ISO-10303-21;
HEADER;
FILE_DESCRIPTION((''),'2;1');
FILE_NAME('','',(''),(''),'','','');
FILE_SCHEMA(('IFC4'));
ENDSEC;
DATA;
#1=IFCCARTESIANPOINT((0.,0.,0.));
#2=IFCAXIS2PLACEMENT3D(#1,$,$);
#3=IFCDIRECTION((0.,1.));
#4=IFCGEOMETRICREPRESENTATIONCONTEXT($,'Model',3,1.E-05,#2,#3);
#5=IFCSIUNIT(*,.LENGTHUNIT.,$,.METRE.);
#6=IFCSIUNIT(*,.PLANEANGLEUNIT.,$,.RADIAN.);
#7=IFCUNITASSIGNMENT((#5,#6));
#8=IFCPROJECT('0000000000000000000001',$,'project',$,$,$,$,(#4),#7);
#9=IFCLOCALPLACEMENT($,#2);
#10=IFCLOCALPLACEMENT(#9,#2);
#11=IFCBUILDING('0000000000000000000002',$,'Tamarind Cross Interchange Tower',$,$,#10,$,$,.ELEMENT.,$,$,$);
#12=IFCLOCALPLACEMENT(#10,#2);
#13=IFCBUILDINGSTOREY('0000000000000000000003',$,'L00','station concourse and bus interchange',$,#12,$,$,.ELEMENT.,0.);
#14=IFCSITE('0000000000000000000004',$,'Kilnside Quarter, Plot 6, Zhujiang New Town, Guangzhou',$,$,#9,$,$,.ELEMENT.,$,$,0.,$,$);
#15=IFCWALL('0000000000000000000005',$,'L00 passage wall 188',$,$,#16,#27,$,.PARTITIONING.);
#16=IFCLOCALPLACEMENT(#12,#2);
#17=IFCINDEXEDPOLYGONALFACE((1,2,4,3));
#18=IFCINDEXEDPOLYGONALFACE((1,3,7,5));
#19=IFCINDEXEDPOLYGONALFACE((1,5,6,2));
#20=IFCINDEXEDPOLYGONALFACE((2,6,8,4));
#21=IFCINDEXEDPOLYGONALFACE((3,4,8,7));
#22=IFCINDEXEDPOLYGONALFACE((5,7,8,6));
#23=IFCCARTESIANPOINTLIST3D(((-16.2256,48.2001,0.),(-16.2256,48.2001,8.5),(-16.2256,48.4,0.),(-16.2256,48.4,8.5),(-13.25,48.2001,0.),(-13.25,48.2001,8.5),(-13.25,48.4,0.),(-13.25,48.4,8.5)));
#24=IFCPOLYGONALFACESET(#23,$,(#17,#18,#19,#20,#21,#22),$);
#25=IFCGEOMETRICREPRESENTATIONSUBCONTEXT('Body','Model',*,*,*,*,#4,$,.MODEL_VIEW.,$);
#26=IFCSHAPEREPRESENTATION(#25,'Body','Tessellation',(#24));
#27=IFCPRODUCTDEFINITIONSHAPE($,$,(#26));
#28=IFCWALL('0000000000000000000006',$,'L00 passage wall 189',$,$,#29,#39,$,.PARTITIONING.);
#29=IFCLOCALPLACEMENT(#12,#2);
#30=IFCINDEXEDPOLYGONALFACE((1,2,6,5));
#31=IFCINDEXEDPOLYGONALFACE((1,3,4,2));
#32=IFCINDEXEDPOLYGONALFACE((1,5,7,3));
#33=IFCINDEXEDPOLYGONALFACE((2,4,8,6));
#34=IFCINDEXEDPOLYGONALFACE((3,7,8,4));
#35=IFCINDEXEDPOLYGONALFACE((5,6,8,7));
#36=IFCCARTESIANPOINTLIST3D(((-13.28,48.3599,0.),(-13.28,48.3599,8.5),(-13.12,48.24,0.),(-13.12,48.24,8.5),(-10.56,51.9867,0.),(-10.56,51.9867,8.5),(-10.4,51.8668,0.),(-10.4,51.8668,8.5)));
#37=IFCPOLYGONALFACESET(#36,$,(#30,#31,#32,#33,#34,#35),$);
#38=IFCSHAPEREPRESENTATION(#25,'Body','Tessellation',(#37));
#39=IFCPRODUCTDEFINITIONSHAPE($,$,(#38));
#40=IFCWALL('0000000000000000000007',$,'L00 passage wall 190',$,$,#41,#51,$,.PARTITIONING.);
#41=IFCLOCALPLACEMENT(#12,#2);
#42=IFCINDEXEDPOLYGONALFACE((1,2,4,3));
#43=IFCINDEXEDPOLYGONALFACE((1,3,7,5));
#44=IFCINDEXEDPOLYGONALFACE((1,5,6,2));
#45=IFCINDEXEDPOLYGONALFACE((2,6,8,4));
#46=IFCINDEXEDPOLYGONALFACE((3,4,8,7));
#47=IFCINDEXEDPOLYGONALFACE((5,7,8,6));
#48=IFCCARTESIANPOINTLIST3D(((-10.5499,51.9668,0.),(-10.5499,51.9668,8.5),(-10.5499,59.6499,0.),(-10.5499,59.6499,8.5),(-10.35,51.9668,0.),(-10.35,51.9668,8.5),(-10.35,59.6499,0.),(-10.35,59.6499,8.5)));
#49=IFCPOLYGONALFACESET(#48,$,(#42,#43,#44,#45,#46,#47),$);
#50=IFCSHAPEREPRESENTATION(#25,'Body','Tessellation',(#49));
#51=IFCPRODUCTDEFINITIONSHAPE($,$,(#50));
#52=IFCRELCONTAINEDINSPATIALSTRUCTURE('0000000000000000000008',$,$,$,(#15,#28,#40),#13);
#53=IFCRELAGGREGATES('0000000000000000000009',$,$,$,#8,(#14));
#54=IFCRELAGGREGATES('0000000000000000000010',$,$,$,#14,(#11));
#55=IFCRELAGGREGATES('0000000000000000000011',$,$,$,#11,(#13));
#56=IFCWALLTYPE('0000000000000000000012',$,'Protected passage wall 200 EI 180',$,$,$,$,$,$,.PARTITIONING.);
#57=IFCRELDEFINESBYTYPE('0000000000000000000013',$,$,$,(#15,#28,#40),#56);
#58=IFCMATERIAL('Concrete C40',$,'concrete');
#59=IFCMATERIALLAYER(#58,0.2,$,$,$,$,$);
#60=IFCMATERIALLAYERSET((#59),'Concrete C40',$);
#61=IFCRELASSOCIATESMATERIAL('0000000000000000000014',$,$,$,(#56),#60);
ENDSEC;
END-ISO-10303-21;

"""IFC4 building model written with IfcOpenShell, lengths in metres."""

from ifc_helpers import new_model, si_unit, direction, frame, frame_2d, origin, place, context, subcontext, project, spatial, rectangle, extrude, material, layer, layer_set, type_object, element, save


model = new_model("IFC4")

# Units and contexts
model_context = context("Model", 3, precision=1e-05, world=origin(), true_north=direction((0.0, 1.0)))
body_context = subcontext(model_context, "Body", "Model", "MODEL_VIEW")
ifc_project = project(units=[si_unit("LENGTHUNIT", "METRE"), si_unit("PLANEANGLEUNIT", "RADIAN")], contexts=[model_context])

# Site, building, storey
site_placement = place(None, origin())
site = spatial("IfcSite", under=ifc_project, at=site_placement, Name="Kilnside Quarter, Plot 6, Zhujiang New Town, Guangzhou", CompositionType="ELEMENT", RefElevation=0.0)
building_placement = place(site_placement, origin())
building = spatial("IfcBuilding", under=site, at=building_placement, Name="Tamarind Cross Interchange Tower", CompositionType="ELEMENT")
storey_placement = place(building_placement, origin())
storey = spatial("IfcBuildingStorey", under=building, at=storey_placement, Name="L00", Description="station concourse and bus interchange", CompositionType="ELEMENT", Elevation=0.0)

# Walls
ifc_material_1 = material(Name="Concrete C40", Category="concrete")
ifc_layer_1 = layer(ifc_material_1, 0.2)
ifc_layer_set_1 = layer_set([ifc_layer_1], Name="Concrete C40")
wall_type_1 = type_object("IfcWallType", Name="Protected passage wall 200 EI 180", PredefinedType="PARTITIONING", material=ifc_layer_set_1)
wall_1_placement = place(storey_placement, frame((-16.2256, 48.3, 0.0), z_axis=(0.0, 0.0, 1.0), x_axis=(1.0, 0.0, 0.0)))
element("IfcWall", 1, at=wall_1_placement, inside=storey, type_object=wall_type_1, Name="L00 passage wall 188", PredefinedType="PARTITIONING", context=body_context, shape_type="SweptSolid", body=[
    extrude(rectangle(XDim=2.9756, YDim=0.2, at=frame_2d((1.4878, 0.0))), origin(), (0.0, 0.0, 1.0), 8.5),
])
wall_2_placement = place(storey_placement, frame((-13.2, 48.3, 0.0), z_axis=(0.0, 0.0, 1.0), x_axis=(0.599991, 0.800006, 0.0)))
element("IfcWall", 2, at=wall_2_placement, inside=storey, type_object=wall_type_1, Name="L00 passage wall 189", PredefinedType="PARTITIONING", context=body_context, shape_type="SweptSolid", body=[
    extrude(rectangle(XDim=4.5334, YDim=0.2, at=frame_2d((2.2666, 0.0))), origin(), (0.0, 0.0, 1.0), 8.5),
])
wall_3_placement = place(storey_placement, frame((-10.45, 51.9668, 0.0), z_axis=(0.0, 0.0, 1.0), x_axis=(0.0, 1.0, 0.0)))
element("IfcWall", 3, at=wall_3_placement, inside=storey, type_object=wall_type_1, Name="L00 passage wall 190", PredefinedType="PARTITIONING", context=body_context, shape_type="SweptSolid", body=[
    extrude(rectangle(XDim=7.6831, YDim=0.2, at=frame_2d((3.8416, 0.0))), origin(), (0.0, 0.0, 1.0), 8.5),
])

save(model, "model.ifc")
